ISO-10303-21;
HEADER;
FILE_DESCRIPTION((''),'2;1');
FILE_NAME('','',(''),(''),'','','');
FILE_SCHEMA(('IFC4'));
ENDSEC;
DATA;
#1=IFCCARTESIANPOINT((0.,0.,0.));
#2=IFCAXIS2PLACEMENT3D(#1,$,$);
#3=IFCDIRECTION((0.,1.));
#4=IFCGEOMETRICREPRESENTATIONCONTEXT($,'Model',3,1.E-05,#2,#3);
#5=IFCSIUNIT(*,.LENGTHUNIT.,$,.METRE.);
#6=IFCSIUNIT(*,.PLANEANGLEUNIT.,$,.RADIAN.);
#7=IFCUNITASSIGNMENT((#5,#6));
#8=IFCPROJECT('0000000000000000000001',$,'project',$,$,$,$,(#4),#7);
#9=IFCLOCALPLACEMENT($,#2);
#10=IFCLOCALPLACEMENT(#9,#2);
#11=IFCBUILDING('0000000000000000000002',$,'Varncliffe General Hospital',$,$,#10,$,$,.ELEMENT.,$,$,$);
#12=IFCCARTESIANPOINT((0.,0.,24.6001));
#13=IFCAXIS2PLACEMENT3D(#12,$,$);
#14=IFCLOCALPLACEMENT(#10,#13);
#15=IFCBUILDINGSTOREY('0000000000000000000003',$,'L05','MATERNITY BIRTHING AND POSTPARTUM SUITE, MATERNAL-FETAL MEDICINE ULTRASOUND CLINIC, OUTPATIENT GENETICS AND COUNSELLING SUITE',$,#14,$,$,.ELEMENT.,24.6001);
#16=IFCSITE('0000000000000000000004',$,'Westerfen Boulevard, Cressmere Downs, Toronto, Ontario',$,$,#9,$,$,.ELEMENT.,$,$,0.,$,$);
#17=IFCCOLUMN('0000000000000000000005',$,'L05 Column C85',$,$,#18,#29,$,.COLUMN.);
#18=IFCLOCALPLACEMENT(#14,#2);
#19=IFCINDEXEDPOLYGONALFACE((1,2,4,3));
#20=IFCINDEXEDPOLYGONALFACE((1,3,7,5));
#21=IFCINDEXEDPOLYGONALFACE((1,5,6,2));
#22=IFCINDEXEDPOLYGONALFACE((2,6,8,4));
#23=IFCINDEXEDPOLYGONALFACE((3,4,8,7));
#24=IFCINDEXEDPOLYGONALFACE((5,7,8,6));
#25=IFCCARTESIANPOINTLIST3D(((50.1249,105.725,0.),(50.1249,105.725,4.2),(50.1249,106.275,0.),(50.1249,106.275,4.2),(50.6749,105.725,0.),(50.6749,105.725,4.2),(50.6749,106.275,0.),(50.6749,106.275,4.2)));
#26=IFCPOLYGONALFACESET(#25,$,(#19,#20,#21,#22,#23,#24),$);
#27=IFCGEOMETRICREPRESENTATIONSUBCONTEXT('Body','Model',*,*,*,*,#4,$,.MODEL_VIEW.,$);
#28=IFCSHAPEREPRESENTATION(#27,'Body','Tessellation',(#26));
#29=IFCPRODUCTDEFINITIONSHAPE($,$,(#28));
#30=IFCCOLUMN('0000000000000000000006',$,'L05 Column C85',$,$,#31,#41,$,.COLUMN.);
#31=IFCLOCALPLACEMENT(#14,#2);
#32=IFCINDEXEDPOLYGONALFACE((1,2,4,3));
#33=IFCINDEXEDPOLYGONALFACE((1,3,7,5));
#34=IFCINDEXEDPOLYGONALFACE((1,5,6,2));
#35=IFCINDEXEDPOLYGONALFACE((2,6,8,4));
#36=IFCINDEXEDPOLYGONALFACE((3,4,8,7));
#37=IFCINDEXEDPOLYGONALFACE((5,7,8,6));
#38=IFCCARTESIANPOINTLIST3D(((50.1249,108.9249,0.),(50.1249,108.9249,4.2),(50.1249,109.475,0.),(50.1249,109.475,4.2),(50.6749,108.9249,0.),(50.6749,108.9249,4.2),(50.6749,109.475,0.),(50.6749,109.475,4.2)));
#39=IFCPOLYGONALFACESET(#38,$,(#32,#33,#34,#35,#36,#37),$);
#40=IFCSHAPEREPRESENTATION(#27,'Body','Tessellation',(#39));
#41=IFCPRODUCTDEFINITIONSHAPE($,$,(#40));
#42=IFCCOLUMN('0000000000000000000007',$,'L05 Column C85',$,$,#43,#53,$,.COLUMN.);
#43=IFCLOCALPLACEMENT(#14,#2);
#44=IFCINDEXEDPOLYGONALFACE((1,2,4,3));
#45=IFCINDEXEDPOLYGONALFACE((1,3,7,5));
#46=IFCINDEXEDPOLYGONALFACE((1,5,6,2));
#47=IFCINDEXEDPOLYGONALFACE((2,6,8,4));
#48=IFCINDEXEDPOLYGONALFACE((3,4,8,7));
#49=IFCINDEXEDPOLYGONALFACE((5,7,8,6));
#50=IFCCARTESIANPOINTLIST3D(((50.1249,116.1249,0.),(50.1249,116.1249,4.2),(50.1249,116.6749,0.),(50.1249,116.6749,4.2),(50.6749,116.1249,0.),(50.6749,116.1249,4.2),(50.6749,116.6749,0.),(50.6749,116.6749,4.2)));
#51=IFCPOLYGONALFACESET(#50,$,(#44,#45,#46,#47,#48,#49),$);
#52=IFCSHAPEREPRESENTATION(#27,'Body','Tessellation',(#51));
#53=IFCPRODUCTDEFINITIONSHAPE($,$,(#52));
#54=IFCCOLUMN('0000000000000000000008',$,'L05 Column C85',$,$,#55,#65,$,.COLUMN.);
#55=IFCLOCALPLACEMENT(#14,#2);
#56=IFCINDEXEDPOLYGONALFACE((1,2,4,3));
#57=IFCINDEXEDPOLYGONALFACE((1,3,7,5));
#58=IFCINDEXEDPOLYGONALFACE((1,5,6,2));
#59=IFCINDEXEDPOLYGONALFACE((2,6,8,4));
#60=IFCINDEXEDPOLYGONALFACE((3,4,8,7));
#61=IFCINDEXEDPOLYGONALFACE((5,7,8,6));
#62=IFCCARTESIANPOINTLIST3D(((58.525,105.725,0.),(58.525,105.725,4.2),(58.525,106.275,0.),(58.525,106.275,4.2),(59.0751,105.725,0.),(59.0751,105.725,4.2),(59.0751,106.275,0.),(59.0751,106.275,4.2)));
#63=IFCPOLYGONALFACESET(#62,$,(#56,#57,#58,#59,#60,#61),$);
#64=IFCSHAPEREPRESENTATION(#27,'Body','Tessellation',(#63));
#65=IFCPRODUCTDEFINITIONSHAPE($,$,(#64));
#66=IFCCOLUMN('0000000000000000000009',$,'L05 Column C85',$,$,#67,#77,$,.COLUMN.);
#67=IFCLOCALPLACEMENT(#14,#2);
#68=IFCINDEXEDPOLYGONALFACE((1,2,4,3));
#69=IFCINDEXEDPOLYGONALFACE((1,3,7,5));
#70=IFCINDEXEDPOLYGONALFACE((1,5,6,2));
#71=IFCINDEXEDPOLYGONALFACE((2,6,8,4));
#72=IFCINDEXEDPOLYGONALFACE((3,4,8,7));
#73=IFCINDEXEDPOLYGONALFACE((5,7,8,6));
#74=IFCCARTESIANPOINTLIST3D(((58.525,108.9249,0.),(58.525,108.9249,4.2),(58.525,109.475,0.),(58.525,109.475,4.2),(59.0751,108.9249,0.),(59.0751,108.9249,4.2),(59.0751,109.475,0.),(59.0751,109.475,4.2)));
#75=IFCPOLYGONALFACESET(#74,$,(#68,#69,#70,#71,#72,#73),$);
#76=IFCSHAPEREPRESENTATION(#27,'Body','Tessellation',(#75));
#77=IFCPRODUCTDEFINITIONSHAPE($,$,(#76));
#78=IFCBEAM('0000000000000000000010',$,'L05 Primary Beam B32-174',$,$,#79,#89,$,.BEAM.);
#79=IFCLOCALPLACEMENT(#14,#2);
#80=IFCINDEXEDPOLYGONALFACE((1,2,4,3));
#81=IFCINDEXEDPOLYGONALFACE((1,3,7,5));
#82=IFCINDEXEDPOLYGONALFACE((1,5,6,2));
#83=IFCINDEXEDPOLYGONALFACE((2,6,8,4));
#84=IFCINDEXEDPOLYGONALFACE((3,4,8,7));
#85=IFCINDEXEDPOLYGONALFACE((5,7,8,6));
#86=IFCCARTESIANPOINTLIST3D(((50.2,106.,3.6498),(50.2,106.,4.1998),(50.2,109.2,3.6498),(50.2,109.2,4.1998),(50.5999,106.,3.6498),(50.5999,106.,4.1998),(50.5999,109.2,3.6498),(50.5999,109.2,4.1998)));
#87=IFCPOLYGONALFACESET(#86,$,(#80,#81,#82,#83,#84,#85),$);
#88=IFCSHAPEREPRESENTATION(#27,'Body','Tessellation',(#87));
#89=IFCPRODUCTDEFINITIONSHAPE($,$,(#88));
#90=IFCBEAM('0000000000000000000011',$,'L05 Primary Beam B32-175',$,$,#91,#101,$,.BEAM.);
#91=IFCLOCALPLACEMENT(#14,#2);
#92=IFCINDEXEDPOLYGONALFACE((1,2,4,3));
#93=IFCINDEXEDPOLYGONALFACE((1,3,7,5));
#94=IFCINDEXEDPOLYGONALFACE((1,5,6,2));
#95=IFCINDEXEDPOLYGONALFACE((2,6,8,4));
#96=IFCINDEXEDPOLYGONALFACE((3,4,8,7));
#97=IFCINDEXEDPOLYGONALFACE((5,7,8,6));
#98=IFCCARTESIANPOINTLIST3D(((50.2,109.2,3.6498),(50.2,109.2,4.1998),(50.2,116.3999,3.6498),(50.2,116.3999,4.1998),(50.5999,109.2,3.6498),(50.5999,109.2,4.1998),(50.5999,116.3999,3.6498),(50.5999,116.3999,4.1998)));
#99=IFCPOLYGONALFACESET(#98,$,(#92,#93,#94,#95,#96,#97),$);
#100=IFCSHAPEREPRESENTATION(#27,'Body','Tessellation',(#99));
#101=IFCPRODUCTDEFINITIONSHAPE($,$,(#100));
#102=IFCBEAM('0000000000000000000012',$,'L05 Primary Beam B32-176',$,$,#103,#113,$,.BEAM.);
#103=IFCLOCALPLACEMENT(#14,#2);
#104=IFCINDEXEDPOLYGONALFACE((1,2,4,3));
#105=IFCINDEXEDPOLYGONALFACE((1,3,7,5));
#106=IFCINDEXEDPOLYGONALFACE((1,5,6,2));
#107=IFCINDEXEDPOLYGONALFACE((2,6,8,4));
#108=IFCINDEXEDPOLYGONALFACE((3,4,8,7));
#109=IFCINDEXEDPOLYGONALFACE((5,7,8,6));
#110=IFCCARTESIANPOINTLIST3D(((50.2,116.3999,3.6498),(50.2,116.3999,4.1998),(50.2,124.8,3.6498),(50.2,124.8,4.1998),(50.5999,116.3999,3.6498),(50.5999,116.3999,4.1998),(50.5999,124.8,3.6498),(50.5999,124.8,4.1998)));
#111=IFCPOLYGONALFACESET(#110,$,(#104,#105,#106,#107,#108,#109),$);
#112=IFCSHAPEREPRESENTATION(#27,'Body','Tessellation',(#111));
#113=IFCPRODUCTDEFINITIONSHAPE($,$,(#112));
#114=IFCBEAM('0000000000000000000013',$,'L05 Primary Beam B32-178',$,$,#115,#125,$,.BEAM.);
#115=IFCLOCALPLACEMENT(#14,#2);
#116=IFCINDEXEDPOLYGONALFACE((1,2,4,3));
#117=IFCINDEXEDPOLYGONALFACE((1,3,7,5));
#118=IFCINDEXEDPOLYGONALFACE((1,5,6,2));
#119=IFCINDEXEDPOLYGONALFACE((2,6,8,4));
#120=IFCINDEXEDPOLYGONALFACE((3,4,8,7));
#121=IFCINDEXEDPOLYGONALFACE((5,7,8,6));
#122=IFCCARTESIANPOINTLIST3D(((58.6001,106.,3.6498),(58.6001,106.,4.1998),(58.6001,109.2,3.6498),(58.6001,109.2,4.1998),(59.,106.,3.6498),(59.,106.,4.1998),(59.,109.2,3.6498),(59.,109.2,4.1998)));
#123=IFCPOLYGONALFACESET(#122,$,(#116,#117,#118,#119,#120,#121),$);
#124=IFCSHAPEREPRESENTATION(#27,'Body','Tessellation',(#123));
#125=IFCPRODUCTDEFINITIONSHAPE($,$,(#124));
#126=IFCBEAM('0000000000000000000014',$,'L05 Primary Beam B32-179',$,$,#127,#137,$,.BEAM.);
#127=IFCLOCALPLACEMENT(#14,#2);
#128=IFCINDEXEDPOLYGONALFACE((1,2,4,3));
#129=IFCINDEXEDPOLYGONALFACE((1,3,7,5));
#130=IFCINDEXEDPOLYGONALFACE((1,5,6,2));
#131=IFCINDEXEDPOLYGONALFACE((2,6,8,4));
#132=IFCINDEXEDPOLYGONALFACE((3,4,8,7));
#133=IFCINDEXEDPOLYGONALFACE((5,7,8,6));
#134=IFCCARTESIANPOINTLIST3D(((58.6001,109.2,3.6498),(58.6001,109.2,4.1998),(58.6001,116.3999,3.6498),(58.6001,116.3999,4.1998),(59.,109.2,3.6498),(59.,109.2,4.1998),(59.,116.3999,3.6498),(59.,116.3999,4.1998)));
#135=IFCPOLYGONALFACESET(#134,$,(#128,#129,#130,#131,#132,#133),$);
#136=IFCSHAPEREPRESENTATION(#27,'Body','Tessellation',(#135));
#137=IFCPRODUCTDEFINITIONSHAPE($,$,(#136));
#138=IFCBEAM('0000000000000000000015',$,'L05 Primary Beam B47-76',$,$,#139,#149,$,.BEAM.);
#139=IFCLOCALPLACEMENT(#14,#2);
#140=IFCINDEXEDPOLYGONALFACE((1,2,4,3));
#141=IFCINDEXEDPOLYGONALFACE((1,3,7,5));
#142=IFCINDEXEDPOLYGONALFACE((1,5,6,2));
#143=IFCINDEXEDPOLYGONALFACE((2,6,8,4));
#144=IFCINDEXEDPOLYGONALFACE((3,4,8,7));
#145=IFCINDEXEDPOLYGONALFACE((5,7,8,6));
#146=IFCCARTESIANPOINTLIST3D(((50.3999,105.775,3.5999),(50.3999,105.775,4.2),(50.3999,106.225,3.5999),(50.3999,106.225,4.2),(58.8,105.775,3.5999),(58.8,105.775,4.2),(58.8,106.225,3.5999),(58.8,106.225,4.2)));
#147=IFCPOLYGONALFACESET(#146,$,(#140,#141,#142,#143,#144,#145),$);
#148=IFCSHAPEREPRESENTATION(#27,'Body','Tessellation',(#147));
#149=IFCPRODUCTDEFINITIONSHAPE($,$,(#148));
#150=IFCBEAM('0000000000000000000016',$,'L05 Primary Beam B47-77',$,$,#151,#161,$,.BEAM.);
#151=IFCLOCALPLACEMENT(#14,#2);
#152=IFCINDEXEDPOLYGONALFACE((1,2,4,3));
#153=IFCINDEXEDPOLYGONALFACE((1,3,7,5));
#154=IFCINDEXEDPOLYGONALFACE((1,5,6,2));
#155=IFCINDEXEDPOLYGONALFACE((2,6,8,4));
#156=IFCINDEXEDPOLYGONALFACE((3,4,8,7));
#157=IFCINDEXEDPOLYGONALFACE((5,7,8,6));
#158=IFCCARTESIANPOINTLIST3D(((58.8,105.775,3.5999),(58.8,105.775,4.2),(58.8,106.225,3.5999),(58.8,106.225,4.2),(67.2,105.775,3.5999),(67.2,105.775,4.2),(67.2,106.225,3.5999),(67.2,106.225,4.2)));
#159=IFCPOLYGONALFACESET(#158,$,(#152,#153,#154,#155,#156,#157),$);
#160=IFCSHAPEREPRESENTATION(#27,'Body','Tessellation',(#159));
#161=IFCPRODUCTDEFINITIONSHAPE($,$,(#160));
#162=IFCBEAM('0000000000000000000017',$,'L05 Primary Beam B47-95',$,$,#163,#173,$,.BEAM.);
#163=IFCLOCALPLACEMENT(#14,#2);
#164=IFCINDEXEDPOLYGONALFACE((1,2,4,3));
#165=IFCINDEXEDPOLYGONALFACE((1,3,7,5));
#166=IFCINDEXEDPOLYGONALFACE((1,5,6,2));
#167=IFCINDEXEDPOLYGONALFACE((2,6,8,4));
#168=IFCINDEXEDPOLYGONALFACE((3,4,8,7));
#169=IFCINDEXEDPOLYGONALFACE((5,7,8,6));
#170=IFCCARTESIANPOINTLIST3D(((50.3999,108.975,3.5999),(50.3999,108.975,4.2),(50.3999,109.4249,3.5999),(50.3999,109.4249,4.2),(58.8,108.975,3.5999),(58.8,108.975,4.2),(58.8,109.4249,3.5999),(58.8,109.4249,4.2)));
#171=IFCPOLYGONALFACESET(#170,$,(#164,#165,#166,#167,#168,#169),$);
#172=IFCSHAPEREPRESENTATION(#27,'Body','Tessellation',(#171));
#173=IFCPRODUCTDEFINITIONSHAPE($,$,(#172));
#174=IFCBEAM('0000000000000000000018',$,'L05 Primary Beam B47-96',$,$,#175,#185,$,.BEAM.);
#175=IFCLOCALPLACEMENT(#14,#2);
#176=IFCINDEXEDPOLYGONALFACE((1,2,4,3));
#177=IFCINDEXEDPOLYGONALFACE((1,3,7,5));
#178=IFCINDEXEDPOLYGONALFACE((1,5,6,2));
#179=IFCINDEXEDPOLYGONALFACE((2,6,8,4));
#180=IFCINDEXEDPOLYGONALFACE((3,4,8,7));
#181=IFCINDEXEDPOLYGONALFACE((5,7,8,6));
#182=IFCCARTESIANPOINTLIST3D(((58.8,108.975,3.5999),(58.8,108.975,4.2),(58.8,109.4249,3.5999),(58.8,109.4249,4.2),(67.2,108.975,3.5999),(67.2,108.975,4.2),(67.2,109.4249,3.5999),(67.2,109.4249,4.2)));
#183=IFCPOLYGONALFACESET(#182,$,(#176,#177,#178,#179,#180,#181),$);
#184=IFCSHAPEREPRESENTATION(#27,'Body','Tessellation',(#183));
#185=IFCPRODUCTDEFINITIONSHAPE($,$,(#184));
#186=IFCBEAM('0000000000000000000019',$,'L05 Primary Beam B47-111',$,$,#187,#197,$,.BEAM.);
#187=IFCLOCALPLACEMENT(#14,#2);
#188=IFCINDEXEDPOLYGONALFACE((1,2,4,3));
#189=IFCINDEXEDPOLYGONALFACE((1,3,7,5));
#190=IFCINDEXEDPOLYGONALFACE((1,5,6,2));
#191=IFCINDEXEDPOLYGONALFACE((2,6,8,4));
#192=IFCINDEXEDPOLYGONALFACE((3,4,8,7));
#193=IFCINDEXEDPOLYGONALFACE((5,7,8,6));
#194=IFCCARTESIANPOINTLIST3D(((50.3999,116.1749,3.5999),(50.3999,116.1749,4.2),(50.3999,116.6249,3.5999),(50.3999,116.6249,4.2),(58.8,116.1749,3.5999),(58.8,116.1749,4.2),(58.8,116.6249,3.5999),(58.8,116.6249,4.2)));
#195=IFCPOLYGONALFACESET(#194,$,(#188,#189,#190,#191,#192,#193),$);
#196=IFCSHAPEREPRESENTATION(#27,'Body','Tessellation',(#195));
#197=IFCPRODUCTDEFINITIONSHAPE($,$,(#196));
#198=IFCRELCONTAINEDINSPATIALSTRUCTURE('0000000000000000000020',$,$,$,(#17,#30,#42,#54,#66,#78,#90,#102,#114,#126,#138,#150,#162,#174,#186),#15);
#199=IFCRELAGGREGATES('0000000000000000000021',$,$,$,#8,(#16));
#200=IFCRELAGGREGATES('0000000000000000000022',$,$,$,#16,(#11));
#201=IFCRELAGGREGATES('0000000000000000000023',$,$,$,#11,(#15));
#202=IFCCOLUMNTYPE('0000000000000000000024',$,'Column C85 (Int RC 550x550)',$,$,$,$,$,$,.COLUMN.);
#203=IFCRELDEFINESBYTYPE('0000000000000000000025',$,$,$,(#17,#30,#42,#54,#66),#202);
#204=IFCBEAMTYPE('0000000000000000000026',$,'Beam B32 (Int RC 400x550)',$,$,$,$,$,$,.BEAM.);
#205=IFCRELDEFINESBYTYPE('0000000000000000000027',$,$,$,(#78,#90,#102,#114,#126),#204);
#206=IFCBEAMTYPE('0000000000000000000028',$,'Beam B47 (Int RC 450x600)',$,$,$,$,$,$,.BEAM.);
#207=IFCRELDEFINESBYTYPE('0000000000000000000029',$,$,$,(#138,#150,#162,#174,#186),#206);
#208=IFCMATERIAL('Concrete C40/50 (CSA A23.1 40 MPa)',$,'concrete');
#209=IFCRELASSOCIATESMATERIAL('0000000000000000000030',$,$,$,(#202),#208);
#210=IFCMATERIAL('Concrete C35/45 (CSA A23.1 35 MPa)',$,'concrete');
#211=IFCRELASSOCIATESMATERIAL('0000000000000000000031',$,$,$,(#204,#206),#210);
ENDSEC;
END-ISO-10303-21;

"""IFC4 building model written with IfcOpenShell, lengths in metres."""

from ifc_helpers import new_model, si_unit, direction, frame, origin, origin_2d, place, context, subcontext, project, spatial, rectangle, extrude, material, material_profile, profile_set, type_object, element, save


model = new_model("IFC4")

# Units and contexts
model_context = context("Model", 3, precision=1e-05, world=origin(), true_north=direction((0.0, 1.0)))
body_context = subcontext(model_context, "Body", "Model", "MODEL_VIEW")
ifc_project = project(units=[si_unit("LENGTHUNIT", "METRE"), si_unit("PLANEANGLEUNIT", "RADIAN")], contexts=[model_context])

# Site, building, storey
site_placement = place(None, origin())
site = spatial("IfcSite", under=ifc_project, at=site_placement, Name="Westerfen Boulevard, Cressmere Downs, Toronto, Ontario", CompositionType="ELEMENT", RefElevation=0.0)
building_placement = place(site_placement, origin())
building = spatial("IfcBuilding", under=site, at=building_placement, Name="Varncliffe General Hospital", CompositionType="ELEMENT")
storey_placement = place(building_placement, frame((0.0, 0.0, 24.6001)))
storey = spatial("IfcBuildingStorey", under=building, at=storey_placement, Name="L05", Description="MATERNITY BIRTHING AND POSTPARTUM SUITE, MATERNAL-FETAL MEDICINE ULTRASOUND CLINIC, OUTPATIENT GENETICS AND COUNSELLING SUITE", CompositionType="ELEMENT", Elevation=24.6001)

# Columns
ifc_material_1 = material(Name="Concrete C40/50 (CSA A23.1 40 MPa)", Category="concrete")
ifc_material_profile_1 = material_profile(ifc_material_1, rectangle(XDim=0.55, YDim=0.55, at=origin_2d()), Name="RC 550x550")
ifc_profile_set_1 = profile_set([ifc_material_profile_1], Name="Concrete C40/50 (CSA A23.1 40 MPa)")
column_type = type_object("IfcColumnType", Name="Column C85 (Int RC 550x550)", PredefinedType="COLUMN", material=ifc_profile_set_1)
for number, where, z_axis, x_axis, name in (
    (1, (50.3999, 106.0, 0.0), (0.0, 0.0, 1.0), (1.0, 0.0, 0.0), "L05 Column C85"),
    (2, (50.3999, 109.2, 0.0), (0.0, 0.0, 1.0), (1.0, 0.0, 0.0), "L05 Column C85"),
    (3, (50.3999, 116.3999, 0.0), (0.0, 0.0, 1.0), (1.0, 0.0, 0.0), "L05 Column C85"),
    (4, (58.8, 106.0, 0.0), (0.0, 0.0, 1.0), (1.0, 0.0, 0.0), "L05 Column C85"),
    (5, (58.8, 109.2, 0.0), (0.0, 0.0, 1.0), (1.0, 0.0, 0.0), "L05 Column C85"),
):
    element("IfcColumn", number, at=place(storey_placement, frame(where, z_axis=z_axis, x_axis=x_axis)), inside=storey, type_object=column_type, Name=name, PredefinedType="COLUMN", context=body_context, shape_type="SweptSolid", body=[
        extrude(rectangle(XDim=0.55, YDim=0.55, at=origin_2d()), origin(), (0.0, 0.0, 1.0), 4.2),
    ])

# Beams
ifc_material_2 = material(Name="Concrete C35/45 (CSA A23.1 35 MPa)", Category="concrete")
ifc_material_profile_2 = material_profile(ifc_material_2, rectangle(XDim=0.3999, YDim=0.55, at=origin_2d()), Name="RC 400x550")
ifc_profile_set_2 = profile_set([ifc_material_profile_2], Name="Concrete C35/45 (CSA A23.1 35 MPa)")
beam_type_1 = type_object("IfcBeamType", Name="Beam B32 (Int RC 400x550)", PredefinedType="BEAM", material=ifc_profile_set_2)
beam_1_placement = place(storey_placement, frame((50.3999, 106.0, 3.9248), z_axis=(0.0, 1.0, 0.0), x_axis=(-1.0, 0.0, 0.0)))
element("IfcBeam", 6, at=beam_1_placement, inside=storey, type_object=beam_type_1, Name="L05 Primary Beam B32-174", PredefinedType="BEAM", context=body_context, shape_type="SweptSolid", body=[
    extrude(rectangle(XDim=0.3999, YDim=0.55, at=origin_2d()), origin(), (0.0, 0.0, 1.0), 3.2),
])
beam_2_placement = place(storey_placement, frame((50.3999, 109.2, 3.9248), z_axis=(0.0, 1.0, 0.0), x_axis=(-1.0, 0.0, 0.0)))
element("IfcBeam", 7, at=beam_2_placement, inside=storey, type_object=beam_type_1, Name="L05 Primary Beam B32-175", PredefinedType="BEAM", context=body_context, shape_type="SweptSolid", body=[
    extrude(rectangle(XDim=0.3999, YDim=0.55, at=origin_2d()), origin(), (0.0, 0.0, 1.0), 7.2),
])
beam_3_placement = place(storey_placement, frame((50.3999, 116.3999, 3.9248), z_axis=(0.0, 1.0, 0.0), x_axis=(-1.0, 0.0, 0.0)))
element("IfcBeam", 8, at=beam_3_placement, inside=storey, type_object=beam_type_1, Name="L05 Primary Beam B32-176", PredefinedType="BEAM", context=body_context, shape_type="SweptSolid", body=[
    extrude(rectangle(XDim=0.3999, YDim=0.55, at=origin_2d()), origin(), (0.0, 0.0, 1.0), 8.4001),
])
beam_4_placement = place(storey_placement, frame((58.8, 106.0, 3.9248), z_axis=(0.0, 1.0, 0.0), x_axis=(-1.0, 0.0, 0.0)))
element("IfcBeam", 9, at=beam_4_placement, inside=storey, type_object=beam_type_1, Name="L05 Primary Beam B32-178", PredefinedType="BEAM", context=body_context, shape_type="SweptSolid", body=[
    extrude(rectangle(XDim=0.3999, YDim=0.55, at=origin_2d()), origin(), (0.0, 0.0, 1.0), 3.2),
])
beam_5_placement = place(storey_placement, frame((58.8, 109.2, 3.9248), z_axis=(0.0, 1.0, 0.0), x_axis=(-1.0, 0.0, 0.0)))
element("IfcBeam", 10, at=beam_5_placement, inside=storey, type_object=beam_type_1, Name="L05 Primary Beam B32-179", PredefinedType="BEAM", context=body_context, shape_type="SweptSolid", body=[
    extrude(rectangle(XDim=0.3999, YDim=0.55, at=origin_2d()), origin(), (0.0, 0.0, 1.0), 7.2),
])
ifc_material_profile_3 = material_profile(ifc_material_2, rectangle(XDim=0.45, YDim=0.6001, at=origin_2d()), Name="RC 450x600")
ifc_profile_set_3 = profile_set([ifc_material_profile_3], Name="Concrete C35/45 (CSA A23.1 35 MPa)")
beam_type_2 = type_object("IfcBeamType", Name="Beam B47 (Int RC 450x600)", PredefinedType="BEAM", material=ifc_profile_set_3)
beam_6_placement = place(storey_placement, frame((50.3999, 106.0, 3.8999), z_axis=(1.0, 0.0, 0.0), x_axis=(0.0, 1.0, 0.0)))
element("IfcBeam", 11, at=beam_6_placement, inside=storey, type_object=beam_type_2, Name="L05 Primary Beam B47-76", PredefinedType="BEAM", context=body_context, shape_type="SweptSolid", body=[
    extrude(rectangle(XDim=0.45, YDim=0.6001, at=origin_2d()), origin(), (0.0, 0.0, 1.0), 8.4001),
])
beam_7_placement = place(storey_placement, frame((58.8, 106.0, 3.8999), z_axis=(1.0, 0.0, 0.0), x_axis=(0.0, 1.0, 0.0)))
element("IfcBeam", 12, at=beam_7_placement, inside=storey, type_object=beam_type_2, Name="L05 Primary Beam B47-77", PredefinedType="BEAM", context=body_context, shape_type="SweptSolid", body=[
    extrude(rectangle(XDim=0.45, YDim=0.6001, at=origin_2d()), origin(), (0.0, 0.0, 1.0), 8.3999),
])
beam_8_placement = place(storey_placement, frame((50.3999, 109.2, 3.8999), z_axis=(1.0, 0.0, 0.0), x_axis=(0.0, 1.0, 0.0)))
element("IfcBeam", 13, at=beam_8_placement, inside=storey, type_object=beam_type_2, Name="L05 Primary Beam B47-95", PredefinedType="BEAM", context=body_context, shape_type="SweptSolid", body=[
    extrude(rectangle(XDim=0.45, YDim=0.6001, at=origin_2d()), origin(), (0.0, 0.0, 1.0), 8.4001),
])
beam_9_placement = place(storey_placement, frame((58.8, 109.2, 3.8999), z_axis=(1.0, 0.0, 0.0), x_axis=(0.0, 1.0, 0.0)))
element("IfcBeam", 14, at=beam_9_placement, inside=storey, type_object=beam_type_2, Name="L05 Primary Beam B47-96", PredefinedType="BEAM", context=body_context, shape_type="SweptSolid", body=[
    extrude(rectangle(XDim=0.45, YDim=0.6001, at=origin_2d()), origin(), (0.0, 0.0, 1.0), 8.3999),
])
beam_10_placement = place(storey_placement, frame((50.3999, 116.3999, 3.8999), z_axis=(1.0, 0.0, 0.0), x_axis=(0.0, 1.0, 0.0)))
element("IfcBeam", 15, at=beam_10_placement, inside=storey, type_object=beam_type_2, Name="L05 Primary Beam B47-111", PredefinedType="BEAM", context=body_context, shape_type="SweptSolid", body=[
    extrude(rectangle(XDim=0.45, YDim=0.6001, at=origin_2d()), origin(), (0.0, 0.0, 1.0), 8.4001),
])

save(model, "model.ifc")
